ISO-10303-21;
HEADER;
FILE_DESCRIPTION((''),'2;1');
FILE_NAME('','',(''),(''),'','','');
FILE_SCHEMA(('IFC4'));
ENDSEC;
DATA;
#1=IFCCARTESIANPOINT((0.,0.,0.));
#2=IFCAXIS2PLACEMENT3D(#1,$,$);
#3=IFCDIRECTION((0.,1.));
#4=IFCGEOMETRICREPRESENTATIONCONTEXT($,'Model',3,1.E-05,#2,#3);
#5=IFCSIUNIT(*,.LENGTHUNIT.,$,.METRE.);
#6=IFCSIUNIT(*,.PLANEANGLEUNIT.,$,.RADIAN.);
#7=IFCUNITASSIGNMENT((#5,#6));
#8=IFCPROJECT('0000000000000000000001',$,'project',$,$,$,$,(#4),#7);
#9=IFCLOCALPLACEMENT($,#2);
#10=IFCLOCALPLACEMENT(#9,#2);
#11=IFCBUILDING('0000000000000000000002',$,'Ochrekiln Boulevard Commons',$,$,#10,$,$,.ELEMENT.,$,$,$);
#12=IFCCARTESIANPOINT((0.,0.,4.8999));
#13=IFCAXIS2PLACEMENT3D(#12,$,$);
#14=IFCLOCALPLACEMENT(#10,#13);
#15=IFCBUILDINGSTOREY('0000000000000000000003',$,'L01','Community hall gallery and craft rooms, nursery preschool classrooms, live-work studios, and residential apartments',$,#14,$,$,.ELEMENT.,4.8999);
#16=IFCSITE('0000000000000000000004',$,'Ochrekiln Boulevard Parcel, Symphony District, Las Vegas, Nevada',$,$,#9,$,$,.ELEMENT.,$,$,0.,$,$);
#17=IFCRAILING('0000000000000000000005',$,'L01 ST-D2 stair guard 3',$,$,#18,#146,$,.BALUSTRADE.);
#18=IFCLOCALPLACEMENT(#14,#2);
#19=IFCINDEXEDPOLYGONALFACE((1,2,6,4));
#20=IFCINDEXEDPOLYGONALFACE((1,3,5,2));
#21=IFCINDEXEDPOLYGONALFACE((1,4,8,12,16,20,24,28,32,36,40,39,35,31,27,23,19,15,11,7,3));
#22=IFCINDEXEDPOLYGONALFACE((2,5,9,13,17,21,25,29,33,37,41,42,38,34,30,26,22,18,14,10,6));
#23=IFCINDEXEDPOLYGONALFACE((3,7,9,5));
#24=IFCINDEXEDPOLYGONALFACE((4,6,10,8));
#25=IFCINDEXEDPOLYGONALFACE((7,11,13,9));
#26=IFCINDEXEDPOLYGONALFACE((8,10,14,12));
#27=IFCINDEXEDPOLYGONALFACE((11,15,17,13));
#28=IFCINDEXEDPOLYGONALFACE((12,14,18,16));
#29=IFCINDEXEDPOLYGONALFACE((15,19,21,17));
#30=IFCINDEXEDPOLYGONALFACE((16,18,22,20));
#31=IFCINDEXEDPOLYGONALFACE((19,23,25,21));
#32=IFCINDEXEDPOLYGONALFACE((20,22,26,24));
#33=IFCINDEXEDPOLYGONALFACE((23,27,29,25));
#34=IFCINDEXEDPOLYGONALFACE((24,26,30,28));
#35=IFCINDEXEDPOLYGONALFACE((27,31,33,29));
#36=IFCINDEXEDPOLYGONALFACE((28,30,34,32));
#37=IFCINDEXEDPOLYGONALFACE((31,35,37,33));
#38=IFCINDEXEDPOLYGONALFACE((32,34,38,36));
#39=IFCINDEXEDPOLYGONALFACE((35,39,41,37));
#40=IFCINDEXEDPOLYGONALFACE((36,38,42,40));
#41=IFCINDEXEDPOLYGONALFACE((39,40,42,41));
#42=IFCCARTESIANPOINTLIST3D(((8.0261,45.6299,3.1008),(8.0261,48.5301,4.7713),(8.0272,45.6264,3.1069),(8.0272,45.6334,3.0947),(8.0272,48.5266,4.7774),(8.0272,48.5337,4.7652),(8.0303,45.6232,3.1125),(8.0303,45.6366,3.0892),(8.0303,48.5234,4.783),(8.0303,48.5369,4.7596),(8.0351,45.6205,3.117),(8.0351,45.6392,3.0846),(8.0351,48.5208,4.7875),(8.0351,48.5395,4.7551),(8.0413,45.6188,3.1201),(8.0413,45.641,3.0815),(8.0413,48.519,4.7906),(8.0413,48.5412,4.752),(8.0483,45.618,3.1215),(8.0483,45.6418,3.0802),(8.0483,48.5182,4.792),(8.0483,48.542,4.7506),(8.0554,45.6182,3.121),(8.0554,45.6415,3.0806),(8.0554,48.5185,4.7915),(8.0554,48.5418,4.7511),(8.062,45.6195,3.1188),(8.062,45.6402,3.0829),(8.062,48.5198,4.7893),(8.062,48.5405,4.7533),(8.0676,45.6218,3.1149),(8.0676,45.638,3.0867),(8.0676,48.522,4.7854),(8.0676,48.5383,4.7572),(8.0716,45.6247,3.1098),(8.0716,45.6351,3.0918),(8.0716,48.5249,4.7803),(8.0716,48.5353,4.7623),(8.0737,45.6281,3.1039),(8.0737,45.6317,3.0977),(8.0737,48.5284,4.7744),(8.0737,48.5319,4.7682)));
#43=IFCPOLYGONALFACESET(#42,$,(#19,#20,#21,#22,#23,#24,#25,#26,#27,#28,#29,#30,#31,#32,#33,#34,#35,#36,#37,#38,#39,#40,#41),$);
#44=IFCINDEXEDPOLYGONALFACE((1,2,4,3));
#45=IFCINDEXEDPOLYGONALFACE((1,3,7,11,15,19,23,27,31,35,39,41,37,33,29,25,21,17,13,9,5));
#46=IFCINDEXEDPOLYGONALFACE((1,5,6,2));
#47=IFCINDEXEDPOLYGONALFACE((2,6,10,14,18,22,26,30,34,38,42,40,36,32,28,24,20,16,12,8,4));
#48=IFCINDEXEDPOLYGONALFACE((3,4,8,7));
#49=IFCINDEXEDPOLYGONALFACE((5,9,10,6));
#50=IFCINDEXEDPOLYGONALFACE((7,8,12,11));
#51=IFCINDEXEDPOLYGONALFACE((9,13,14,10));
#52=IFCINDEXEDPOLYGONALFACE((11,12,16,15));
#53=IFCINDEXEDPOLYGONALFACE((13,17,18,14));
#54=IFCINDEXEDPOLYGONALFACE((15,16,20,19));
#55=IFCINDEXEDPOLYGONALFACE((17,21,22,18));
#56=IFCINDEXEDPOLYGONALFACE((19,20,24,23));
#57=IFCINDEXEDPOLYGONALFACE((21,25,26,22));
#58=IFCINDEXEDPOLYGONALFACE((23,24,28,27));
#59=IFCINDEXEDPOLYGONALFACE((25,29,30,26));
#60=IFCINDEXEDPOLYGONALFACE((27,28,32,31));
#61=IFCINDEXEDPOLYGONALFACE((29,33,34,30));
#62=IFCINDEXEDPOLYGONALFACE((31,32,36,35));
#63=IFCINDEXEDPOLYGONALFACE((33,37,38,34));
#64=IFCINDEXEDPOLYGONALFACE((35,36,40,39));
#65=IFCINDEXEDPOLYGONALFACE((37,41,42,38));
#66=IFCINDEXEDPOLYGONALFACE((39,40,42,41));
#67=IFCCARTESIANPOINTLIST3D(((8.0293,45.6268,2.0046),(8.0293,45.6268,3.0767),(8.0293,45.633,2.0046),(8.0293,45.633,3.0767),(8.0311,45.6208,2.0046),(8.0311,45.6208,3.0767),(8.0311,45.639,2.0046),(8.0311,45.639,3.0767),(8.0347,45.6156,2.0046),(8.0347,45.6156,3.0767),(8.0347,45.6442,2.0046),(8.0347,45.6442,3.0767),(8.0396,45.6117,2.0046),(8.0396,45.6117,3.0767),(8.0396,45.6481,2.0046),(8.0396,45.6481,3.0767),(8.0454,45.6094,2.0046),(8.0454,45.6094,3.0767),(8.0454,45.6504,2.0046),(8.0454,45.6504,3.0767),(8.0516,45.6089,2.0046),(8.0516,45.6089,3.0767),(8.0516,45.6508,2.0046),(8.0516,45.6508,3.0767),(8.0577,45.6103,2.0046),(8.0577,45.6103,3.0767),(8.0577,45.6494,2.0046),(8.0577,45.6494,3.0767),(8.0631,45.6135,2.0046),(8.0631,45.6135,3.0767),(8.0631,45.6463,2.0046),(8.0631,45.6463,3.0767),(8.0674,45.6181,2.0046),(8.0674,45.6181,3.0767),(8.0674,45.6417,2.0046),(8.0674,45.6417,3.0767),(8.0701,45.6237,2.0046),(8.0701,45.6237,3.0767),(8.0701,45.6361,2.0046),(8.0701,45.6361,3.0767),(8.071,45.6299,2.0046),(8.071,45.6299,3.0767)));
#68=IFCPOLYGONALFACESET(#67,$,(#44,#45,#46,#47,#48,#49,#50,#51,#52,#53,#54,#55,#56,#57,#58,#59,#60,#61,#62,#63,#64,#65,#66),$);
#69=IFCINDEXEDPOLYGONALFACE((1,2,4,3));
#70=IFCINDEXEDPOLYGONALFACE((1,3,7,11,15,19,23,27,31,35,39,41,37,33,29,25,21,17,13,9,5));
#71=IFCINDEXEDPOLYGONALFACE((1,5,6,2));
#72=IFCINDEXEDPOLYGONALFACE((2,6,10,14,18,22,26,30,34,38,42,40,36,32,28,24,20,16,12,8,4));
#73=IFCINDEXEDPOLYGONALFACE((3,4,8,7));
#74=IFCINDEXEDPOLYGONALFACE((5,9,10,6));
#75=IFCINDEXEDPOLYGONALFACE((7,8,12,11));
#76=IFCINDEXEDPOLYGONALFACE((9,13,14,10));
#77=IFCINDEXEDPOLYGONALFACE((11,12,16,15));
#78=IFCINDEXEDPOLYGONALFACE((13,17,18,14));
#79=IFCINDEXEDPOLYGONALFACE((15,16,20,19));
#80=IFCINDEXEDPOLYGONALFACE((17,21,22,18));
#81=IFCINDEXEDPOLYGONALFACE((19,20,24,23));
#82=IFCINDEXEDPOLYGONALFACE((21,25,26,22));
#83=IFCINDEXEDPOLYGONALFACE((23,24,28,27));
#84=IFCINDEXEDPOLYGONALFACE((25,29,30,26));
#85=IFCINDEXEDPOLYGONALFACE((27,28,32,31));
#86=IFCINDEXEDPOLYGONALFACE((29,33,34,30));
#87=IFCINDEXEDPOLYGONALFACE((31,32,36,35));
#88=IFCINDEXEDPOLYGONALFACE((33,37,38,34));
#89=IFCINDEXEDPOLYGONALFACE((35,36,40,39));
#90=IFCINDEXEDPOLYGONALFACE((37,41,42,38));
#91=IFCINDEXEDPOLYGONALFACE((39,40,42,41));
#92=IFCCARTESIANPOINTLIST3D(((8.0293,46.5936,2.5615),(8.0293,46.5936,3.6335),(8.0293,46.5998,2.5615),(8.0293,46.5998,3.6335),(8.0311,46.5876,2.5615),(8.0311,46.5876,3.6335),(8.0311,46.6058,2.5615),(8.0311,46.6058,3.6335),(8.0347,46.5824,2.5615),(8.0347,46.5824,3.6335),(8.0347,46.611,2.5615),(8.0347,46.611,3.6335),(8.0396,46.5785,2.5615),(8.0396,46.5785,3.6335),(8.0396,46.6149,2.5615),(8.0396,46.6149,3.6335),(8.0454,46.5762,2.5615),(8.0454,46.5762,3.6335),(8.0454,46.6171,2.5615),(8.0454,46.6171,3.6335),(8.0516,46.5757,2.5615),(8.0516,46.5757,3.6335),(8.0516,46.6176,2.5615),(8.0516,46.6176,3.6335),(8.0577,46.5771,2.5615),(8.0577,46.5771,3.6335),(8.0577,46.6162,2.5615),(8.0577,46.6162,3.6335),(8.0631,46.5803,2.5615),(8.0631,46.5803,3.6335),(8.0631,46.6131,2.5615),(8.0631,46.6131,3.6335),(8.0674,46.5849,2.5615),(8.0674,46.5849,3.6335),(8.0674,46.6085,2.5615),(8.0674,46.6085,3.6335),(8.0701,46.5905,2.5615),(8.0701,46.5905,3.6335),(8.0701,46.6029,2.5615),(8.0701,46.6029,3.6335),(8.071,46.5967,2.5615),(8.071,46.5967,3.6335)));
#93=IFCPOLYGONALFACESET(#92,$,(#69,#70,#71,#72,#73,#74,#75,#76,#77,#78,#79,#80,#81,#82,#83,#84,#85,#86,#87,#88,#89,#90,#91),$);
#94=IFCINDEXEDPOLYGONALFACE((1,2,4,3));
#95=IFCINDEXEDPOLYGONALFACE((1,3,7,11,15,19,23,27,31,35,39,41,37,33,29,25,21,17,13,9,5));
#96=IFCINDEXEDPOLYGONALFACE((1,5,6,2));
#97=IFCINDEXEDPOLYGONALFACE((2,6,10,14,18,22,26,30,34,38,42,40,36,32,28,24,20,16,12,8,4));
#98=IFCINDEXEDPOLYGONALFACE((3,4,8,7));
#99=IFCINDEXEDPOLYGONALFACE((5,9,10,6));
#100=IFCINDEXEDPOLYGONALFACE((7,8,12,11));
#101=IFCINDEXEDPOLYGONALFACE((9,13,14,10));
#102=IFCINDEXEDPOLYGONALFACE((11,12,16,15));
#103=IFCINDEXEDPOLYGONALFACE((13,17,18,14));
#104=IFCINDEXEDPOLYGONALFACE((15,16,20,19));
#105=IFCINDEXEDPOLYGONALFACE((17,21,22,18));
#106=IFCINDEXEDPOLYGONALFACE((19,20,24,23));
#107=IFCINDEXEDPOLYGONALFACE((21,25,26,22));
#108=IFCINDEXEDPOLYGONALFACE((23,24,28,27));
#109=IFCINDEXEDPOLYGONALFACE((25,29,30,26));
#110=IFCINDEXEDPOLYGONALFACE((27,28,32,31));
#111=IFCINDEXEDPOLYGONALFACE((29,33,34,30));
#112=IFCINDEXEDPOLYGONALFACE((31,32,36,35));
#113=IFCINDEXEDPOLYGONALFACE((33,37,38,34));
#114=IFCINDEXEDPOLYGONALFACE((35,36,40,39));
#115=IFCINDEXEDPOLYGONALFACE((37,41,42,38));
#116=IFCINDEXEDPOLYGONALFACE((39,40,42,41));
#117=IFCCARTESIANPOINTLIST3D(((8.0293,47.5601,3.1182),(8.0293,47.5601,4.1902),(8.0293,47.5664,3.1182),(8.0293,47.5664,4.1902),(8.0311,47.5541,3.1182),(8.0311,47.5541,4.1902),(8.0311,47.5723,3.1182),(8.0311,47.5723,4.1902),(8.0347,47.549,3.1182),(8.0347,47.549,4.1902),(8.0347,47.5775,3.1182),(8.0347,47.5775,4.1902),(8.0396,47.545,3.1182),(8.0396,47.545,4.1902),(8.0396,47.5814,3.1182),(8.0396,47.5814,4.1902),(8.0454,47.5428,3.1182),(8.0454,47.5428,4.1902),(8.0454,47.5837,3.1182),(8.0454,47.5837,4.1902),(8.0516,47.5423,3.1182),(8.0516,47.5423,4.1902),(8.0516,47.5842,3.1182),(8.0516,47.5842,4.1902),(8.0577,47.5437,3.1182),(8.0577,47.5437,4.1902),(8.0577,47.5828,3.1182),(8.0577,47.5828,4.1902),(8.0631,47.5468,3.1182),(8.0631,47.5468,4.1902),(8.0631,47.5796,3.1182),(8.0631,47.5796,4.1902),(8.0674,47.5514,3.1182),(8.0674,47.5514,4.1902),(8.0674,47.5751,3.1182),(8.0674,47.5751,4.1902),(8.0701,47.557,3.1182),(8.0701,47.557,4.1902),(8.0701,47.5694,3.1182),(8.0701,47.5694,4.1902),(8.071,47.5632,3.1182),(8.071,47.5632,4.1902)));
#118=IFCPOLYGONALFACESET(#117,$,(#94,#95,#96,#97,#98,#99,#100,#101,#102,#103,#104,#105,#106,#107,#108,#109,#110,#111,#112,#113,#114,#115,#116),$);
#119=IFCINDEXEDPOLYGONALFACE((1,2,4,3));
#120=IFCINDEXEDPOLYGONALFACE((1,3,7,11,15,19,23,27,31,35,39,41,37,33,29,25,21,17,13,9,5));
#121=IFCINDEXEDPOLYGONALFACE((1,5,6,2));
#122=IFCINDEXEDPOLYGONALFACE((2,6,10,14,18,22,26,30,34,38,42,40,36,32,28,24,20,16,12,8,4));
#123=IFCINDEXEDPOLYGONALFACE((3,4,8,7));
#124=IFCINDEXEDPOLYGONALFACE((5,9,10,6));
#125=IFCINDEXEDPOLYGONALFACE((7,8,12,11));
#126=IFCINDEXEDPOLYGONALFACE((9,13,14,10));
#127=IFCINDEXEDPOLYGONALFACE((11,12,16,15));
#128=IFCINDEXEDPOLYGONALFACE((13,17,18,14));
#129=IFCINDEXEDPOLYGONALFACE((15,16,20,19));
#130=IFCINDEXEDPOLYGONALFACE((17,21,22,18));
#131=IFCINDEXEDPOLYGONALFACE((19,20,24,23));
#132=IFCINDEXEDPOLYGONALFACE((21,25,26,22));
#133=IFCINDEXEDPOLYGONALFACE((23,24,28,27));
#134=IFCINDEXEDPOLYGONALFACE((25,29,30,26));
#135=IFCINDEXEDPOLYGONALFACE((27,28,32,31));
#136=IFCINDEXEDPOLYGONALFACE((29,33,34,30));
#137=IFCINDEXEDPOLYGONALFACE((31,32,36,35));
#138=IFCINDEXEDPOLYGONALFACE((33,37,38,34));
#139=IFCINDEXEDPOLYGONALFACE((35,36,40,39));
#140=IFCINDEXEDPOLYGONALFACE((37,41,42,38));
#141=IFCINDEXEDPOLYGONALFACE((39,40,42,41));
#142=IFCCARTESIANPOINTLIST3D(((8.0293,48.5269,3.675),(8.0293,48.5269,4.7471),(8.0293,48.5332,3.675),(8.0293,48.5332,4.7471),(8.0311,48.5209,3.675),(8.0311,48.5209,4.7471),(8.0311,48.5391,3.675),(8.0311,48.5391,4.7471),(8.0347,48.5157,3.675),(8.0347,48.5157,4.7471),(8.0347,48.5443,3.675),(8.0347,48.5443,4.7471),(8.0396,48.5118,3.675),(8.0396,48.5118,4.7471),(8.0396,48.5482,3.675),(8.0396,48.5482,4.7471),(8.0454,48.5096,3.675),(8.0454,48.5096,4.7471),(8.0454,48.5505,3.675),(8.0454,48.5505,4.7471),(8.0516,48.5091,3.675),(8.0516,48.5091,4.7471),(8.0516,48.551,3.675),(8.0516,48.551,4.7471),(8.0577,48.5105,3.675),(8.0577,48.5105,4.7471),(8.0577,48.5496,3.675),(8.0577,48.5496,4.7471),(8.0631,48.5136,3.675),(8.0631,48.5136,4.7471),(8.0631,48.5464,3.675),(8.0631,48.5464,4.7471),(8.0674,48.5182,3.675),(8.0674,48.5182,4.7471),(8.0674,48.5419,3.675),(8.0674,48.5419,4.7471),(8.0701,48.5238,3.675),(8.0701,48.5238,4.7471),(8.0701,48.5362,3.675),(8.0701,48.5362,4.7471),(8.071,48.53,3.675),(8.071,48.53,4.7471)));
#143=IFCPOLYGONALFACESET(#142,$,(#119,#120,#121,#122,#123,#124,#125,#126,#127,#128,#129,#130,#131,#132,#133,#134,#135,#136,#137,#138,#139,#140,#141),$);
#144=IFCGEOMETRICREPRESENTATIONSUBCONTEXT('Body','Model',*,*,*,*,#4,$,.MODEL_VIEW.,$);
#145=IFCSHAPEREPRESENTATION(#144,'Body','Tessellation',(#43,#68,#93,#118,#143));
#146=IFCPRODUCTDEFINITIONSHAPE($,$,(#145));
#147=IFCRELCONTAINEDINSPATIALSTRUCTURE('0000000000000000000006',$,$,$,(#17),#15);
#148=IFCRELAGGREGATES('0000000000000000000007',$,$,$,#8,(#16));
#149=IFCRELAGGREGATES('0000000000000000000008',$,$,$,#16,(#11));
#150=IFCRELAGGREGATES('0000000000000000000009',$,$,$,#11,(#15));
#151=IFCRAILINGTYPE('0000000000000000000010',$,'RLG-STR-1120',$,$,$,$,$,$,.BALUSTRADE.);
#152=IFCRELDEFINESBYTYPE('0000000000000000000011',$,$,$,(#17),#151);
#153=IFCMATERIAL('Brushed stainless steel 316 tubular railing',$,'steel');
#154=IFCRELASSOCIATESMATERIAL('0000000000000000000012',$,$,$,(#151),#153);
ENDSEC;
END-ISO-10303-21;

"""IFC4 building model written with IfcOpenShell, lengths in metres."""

from ifc_helpers import new_model, si_unit, direction, frame, origin, origin_2d, place, context, subcontext, project, spatial, circle, extrude, material, type_object, element, save


model = new_model("IFC4")

# Units and contexts
model_context = context("Model", 3, precision=1e-05, world=origin(), true_north=direction((0.0, 1.0)))
body_context = subcontext(model_context, "Body", "Model", "MODEL_VIEW")
ifc_project = project(units=[si_unit("LENGTHUNIT", "METRE"), si_unit("PLANEANGLEUNIT", "RADIAN")], contexts=[model_context])

# Site, building, storey
site_placement = place(None, origin())
site = spatial("IfcSite", under=ifc_project, at=site_placement, Name="Ochrekiln Boulevard Parcel, Symphony District, Las Vegas, Nevada", CompositionType="ELEMENT", RefElevation=0.0)
building_placement = place(site_placement, origin())
building = spatial("IfcBuilding", under=site, at=building_placement, Name="Ochrekiln Boulevard Commons", CompositionType="ELEMENT")
storey_placement = place(building_placement, frame((0.0, 0.0, 4.8999)))
storey = spatial("IfcBuildingStorey", under=building, at=storey_placement, Name="L01", Description="Community hall gallery and craft rooms, nursery preschool classrooms, live-work studios, and residential apartments", CompositionType="ELEMENT", Elevation=4.8999)

# Railing
ifc_material_1 = material(Name="Brushed stainless steel 316 tubular railing", Category="steel")
railing_type_1 = type_object("IfcRailingType", Name="RLG-STR-1120", PredefinedType="BALUSTRADE", material=ifc_material_1)
railing_1_placement = place(storey_placement, frame((8.05, 45.6299, 2.0046)))
element("IfcRailing", 1, at=railing_1_placement, inside=storey, type_object=railing_type_1, Name="L01 ST-D2 stair guard 3", PredefinedType="BALUSTRADE", context=body_context, shape_type="SweptSolid", body=[
    extrude(circle(Radius=0.0239, at=origin_2d()), frame((0.0, 0.0, 1.0962), z_axis=(0.0, 0.866541, 0.499106), x_axis=(-1.0, 0.0, 0.0)), (0.0, 0.0, 1.0), 3.3469),
    extrude(circle(Radius=0.021, at=origin_2d()), origin(), (0.0, 0.0, 1.0), 1.072),
    extrude(circle(Radius=0.021, at=origin_2d()), frame((0.0, 0.9668, 0.5569)), (0.0, 0.0, 1.0), 1.072),
    extrude(circle(Radius=0.021, at=origin_2d()), frame((0.0, 1.9333, 1.1135)), (0.0, 0.0, 1.0), 1.072),
    extrude(circle(Radius=0.021, at=origin_2d()), frame((0.0, 2.9001, 1.6704)), (0.0, 0.0, 1.0), 1.072),
])

save(model, "model.ifc")
